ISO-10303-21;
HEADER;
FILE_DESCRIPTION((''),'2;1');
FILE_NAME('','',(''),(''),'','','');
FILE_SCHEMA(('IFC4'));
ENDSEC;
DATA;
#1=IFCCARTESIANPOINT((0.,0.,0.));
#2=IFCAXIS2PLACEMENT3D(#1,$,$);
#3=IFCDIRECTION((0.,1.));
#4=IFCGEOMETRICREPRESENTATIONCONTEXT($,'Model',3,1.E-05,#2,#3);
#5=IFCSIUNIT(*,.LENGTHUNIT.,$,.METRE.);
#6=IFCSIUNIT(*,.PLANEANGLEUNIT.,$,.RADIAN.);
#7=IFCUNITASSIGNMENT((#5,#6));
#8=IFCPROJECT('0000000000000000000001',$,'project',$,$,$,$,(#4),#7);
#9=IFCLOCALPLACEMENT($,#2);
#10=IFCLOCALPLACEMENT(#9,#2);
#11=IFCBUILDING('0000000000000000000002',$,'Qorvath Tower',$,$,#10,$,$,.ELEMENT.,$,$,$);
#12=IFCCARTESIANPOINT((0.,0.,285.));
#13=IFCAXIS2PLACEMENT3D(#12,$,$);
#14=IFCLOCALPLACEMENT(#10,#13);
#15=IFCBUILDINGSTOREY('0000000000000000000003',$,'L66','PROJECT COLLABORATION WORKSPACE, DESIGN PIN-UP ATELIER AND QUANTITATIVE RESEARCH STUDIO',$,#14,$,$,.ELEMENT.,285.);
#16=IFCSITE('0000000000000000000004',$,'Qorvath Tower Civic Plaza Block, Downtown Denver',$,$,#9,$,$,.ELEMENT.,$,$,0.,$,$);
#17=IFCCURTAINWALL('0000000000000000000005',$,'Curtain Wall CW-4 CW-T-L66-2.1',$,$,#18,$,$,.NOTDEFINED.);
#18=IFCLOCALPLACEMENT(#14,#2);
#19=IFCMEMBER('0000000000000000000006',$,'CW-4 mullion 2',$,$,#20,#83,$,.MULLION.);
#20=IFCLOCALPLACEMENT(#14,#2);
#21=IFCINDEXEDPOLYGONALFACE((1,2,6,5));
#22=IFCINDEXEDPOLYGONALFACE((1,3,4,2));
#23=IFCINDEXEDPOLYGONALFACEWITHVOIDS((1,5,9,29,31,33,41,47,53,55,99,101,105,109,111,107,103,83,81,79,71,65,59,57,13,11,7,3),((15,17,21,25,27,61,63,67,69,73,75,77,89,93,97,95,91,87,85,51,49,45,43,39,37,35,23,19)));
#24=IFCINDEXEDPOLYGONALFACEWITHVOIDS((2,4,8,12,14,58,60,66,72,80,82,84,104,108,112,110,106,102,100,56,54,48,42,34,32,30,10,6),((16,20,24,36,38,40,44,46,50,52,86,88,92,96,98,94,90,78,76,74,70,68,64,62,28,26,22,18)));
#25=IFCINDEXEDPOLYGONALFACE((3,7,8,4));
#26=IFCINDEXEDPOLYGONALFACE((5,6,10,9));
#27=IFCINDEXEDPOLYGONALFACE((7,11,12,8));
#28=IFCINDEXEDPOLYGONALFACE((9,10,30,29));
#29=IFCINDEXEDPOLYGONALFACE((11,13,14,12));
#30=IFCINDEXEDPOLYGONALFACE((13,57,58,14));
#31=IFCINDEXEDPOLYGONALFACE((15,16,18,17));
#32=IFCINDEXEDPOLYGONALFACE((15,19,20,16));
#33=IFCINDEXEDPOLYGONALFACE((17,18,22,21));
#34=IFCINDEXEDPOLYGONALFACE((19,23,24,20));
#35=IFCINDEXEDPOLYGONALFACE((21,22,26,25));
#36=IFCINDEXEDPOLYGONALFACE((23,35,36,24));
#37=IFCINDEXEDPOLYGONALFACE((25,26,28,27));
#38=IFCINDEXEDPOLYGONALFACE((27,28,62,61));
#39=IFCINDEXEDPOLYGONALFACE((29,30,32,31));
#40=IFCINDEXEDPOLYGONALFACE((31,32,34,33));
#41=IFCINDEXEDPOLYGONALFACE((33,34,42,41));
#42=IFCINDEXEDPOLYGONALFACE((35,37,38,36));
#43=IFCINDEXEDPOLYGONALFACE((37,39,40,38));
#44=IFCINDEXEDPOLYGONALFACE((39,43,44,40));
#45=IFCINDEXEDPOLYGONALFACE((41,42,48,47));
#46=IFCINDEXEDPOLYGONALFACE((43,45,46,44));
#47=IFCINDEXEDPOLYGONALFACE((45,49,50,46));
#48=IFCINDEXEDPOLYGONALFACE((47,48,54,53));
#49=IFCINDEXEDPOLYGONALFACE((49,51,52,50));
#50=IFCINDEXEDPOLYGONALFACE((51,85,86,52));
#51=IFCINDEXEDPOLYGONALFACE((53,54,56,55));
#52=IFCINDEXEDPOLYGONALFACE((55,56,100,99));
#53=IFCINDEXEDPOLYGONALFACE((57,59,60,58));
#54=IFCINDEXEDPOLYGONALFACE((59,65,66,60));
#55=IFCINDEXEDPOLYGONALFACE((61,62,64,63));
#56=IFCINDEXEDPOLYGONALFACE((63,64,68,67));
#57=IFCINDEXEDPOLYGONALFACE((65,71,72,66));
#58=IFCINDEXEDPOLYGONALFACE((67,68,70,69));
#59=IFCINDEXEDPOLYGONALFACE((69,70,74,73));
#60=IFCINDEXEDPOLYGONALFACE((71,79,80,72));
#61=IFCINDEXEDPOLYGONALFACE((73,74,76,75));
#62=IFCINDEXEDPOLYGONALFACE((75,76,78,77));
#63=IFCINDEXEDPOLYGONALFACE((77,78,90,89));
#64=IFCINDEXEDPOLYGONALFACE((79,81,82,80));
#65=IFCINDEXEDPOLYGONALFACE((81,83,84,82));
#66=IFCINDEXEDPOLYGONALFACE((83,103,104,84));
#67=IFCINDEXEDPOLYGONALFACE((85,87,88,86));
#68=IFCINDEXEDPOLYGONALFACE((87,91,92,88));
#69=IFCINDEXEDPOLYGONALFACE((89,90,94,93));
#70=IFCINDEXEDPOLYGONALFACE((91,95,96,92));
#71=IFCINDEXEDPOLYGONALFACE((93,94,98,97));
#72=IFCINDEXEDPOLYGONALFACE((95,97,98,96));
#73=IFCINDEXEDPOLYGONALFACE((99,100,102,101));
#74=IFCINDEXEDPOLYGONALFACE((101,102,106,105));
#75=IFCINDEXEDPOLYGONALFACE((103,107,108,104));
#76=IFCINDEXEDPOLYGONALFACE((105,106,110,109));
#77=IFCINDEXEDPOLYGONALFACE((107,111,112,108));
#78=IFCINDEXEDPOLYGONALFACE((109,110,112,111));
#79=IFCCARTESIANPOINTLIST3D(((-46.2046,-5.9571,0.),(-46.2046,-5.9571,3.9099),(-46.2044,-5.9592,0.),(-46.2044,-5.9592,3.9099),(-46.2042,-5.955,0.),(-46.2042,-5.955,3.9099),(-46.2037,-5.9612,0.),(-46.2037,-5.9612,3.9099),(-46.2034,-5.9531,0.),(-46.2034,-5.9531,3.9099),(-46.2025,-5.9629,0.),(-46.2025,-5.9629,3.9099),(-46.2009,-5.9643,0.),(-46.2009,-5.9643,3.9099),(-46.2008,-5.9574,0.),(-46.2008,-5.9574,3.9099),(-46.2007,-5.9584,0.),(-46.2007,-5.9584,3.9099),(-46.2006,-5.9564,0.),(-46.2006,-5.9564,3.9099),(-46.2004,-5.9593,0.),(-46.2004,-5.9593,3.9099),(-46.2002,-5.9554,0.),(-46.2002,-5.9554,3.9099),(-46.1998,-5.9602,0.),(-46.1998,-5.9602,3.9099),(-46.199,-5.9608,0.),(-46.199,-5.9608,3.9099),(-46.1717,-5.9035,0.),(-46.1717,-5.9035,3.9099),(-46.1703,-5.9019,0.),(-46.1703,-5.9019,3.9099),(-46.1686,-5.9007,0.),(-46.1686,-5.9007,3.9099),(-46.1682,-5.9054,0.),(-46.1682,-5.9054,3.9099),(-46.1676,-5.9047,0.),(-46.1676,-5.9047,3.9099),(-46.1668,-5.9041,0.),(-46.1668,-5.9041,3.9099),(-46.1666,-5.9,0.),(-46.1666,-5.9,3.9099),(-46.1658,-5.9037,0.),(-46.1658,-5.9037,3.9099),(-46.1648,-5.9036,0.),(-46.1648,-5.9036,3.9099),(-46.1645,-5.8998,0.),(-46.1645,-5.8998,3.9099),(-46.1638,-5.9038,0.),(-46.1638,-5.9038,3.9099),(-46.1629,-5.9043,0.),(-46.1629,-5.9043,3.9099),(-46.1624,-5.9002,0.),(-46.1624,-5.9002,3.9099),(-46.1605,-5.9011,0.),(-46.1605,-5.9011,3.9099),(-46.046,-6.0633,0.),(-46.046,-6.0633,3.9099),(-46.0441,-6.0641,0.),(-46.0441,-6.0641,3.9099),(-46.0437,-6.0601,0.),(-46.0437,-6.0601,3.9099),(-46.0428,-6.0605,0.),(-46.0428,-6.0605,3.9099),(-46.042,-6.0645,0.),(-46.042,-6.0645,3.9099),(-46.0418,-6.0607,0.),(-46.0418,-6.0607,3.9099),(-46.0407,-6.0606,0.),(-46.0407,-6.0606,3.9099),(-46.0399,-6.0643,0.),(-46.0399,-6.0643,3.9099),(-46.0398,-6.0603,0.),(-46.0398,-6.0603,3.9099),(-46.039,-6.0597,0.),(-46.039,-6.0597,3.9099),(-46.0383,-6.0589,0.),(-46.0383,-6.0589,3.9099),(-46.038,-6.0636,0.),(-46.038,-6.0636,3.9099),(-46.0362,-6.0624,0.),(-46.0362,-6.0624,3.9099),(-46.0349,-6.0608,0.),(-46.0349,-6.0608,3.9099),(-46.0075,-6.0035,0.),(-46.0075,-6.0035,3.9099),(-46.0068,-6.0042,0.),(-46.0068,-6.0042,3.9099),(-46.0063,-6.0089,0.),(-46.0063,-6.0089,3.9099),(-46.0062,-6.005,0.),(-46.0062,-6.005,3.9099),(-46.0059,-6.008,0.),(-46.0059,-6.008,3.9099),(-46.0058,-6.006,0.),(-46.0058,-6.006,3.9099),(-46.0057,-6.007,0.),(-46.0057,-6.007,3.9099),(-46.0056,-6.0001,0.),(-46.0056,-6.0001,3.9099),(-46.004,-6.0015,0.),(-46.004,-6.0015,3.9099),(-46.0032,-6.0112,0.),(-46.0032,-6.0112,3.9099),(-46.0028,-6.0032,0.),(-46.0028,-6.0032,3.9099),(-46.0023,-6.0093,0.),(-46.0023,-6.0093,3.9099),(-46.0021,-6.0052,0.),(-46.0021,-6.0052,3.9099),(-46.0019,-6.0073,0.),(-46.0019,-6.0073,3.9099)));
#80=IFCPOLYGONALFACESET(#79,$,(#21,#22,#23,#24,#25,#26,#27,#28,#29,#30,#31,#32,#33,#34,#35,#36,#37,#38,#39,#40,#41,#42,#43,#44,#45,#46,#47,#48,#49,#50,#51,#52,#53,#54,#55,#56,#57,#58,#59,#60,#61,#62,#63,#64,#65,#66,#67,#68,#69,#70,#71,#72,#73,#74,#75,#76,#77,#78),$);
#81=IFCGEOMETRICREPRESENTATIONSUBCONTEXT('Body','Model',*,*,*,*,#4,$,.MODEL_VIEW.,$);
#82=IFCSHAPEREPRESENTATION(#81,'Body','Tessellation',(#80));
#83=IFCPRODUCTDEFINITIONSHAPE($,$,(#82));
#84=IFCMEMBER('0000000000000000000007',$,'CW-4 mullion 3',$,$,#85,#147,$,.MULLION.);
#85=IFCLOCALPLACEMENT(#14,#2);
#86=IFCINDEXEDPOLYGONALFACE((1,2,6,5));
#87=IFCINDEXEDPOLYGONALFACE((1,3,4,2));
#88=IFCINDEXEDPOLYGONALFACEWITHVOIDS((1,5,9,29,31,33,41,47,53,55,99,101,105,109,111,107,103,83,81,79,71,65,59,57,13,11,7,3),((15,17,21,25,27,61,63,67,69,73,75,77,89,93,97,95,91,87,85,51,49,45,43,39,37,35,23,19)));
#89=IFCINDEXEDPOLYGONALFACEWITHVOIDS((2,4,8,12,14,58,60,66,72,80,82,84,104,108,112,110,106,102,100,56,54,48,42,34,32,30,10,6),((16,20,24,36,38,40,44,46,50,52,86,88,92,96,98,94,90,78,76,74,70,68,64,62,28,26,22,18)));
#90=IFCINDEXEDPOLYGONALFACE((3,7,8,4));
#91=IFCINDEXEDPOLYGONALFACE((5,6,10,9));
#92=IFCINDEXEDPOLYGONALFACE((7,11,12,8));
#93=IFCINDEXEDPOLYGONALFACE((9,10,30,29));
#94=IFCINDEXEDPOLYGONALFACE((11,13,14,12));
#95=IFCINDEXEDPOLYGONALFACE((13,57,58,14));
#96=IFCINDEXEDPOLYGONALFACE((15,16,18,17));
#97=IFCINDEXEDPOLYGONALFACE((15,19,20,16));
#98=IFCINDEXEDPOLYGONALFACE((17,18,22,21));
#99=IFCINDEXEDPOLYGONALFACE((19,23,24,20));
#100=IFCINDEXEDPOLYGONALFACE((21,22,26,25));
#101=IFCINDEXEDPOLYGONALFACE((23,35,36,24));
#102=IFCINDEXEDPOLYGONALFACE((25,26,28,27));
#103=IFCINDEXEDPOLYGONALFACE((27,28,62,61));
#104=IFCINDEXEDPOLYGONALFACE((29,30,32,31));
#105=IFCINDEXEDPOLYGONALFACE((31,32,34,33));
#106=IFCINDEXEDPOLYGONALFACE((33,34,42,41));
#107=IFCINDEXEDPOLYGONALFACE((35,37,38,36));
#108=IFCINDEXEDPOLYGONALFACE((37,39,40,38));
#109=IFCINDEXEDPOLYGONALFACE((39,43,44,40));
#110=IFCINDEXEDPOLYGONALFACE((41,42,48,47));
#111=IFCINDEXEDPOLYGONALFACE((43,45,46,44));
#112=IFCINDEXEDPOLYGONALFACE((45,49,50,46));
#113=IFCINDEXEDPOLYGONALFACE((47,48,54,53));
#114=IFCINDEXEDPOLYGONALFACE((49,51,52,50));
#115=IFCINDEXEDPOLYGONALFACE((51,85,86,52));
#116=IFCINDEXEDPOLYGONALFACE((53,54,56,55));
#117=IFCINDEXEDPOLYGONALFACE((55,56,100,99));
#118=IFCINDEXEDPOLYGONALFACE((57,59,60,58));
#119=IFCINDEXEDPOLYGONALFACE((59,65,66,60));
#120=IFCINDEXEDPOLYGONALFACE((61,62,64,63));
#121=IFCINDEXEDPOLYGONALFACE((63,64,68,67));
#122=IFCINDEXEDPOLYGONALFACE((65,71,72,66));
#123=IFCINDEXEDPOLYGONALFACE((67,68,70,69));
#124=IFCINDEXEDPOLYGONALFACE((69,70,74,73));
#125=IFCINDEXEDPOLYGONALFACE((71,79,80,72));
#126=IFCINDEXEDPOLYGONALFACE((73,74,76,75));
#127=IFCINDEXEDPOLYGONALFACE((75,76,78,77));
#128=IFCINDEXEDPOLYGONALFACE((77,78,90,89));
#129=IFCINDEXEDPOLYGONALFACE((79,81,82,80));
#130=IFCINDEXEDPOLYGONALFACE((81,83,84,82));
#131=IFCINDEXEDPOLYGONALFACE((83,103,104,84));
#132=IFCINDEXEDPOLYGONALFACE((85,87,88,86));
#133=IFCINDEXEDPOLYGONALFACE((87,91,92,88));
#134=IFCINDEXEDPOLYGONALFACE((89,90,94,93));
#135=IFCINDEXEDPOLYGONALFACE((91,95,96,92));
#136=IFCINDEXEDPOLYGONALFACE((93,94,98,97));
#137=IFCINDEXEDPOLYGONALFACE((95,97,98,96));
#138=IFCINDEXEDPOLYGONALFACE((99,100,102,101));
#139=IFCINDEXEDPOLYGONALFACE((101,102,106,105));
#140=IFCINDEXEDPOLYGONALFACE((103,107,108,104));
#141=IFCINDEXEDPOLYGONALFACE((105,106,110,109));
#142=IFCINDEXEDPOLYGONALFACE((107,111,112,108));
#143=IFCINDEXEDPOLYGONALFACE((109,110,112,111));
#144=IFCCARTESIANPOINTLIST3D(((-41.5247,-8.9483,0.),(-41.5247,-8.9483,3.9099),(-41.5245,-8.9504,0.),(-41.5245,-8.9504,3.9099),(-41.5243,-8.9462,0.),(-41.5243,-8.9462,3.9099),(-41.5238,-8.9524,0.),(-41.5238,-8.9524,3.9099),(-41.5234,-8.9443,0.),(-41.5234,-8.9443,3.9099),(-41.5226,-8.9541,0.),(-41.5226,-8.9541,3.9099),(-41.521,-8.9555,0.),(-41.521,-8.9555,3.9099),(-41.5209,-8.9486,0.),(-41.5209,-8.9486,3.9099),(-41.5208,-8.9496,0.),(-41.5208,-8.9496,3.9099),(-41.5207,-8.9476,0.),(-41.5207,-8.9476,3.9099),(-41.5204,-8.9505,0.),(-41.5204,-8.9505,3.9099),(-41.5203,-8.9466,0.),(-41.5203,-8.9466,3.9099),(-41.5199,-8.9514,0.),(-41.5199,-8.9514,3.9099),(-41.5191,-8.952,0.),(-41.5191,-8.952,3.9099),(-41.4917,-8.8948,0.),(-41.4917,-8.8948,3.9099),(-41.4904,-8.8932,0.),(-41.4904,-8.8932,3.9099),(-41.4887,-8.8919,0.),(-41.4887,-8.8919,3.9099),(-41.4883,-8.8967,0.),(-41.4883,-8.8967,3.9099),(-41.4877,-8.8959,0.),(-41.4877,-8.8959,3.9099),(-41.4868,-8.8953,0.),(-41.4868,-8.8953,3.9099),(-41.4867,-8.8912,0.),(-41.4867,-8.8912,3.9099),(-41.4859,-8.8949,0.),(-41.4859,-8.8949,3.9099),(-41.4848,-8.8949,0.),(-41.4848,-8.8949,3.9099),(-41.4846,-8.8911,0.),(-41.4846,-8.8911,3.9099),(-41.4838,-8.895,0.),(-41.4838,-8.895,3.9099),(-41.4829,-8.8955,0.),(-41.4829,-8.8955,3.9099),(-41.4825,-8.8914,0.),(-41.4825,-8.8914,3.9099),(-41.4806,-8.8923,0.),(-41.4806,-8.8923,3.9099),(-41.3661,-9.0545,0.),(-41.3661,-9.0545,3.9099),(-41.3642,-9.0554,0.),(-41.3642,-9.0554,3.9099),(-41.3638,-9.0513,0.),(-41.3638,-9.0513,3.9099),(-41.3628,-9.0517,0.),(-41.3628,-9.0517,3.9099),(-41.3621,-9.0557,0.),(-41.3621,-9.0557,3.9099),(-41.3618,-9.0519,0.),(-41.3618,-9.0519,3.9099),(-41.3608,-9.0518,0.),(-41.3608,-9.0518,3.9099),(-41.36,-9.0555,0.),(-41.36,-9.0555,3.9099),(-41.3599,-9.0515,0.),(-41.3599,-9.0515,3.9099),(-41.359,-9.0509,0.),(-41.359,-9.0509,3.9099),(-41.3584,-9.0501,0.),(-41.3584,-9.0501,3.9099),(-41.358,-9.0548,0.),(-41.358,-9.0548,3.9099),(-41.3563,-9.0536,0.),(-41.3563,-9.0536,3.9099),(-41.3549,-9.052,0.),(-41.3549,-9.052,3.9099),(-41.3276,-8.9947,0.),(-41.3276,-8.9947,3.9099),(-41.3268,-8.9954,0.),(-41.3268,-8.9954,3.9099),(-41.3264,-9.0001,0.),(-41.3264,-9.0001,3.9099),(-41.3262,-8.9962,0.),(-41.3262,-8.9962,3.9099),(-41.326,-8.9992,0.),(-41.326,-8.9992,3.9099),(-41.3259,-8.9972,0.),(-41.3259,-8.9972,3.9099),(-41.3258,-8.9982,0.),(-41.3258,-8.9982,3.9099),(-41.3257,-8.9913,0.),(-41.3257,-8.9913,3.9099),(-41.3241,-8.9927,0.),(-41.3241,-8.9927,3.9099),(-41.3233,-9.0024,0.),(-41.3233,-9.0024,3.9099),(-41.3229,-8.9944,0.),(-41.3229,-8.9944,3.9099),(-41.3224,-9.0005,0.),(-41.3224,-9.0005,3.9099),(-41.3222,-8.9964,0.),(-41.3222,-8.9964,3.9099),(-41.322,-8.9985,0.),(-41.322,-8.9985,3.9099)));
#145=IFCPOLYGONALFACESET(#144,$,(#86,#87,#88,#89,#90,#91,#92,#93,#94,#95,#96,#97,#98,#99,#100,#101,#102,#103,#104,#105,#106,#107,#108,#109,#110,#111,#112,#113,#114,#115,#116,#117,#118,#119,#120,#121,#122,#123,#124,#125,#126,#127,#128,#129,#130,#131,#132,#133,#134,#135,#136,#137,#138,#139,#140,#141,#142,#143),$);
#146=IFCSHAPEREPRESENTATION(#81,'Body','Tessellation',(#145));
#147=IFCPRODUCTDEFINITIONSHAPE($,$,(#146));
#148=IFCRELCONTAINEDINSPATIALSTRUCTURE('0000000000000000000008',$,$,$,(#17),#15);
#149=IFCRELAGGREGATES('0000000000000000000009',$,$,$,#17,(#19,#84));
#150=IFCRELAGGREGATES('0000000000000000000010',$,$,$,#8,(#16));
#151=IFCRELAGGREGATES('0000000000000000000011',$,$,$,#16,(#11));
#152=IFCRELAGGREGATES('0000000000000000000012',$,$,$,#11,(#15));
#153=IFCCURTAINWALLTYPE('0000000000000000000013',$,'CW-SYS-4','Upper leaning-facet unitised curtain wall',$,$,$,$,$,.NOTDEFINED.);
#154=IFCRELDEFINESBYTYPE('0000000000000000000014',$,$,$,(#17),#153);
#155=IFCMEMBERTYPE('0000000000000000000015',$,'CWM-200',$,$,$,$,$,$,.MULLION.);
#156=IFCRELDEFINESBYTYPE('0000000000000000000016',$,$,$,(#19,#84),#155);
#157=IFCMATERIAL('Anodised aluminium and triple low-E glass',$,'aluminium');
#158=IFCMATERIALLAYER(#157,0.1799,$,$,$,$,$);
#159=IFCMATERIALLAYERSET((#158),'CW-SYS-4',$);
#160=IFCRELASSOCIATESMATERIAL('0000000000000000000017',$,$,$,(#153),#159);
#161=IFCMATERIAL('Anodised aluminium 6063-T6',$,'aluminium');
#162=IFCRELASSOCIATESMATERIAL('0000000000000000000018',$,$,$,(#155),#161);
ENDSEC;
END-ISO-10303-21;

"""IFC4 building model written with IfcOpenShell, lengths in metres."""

from ifc_helpers import new_model, si_unit, direction, frame, origin, origin_2d, place, context, subcontext, project, spatial, hollow_rectangle, extrude, material, layer, layer_set, material_profile, profile_set, type_object, element, aggregate, save


model = new_model("IFC4")

# Units and contexts
model_context = context("Model", 3, precision=1e-05, world=origin(), true_north=direction((0.0, 1.0)))
body_context = subcontext(model_context, "Body", "Model", "MODEL_VIEW")
ifc_project = project(units=[si_unit("LENGTHUNIT", "METRE"), si_unit("PLANEANGLEUNIT", "RADIAN")], contexts=[model_context])

# Site, building, storey
site_placement = place(None, origin())
site = spatial("IfcSite", under=ifc_project, at=site_placement, Name="Qorvath Tower Civic Plaza Block, Downtown Denver", CompositionType="ELEMENT", RefElevation=0.0)
building_placement = place(site_placement, origin())
building = spatial("IfcBuilding", under=site, at=building_placement, Name="Qorvath Tower", CompositionType="ELEMENT")
storey_placement = place(building_placement, frame((0.0, 0.0, 285.0)))
storey = spatial("IfcBuildingStorey", under=building, at=storey_placement, Name="L66", Description="PROJECT COLLABORATION WORKSPACE, DESIGN PIN-UP ATELIER AND QUANTITATIVE RESEARCH STUDIO", CompositionType="ELEMENT", Elevation=285.0)

# Curtain wall, members
ifc_material_1 = material(Name="Anodised aluminium and triple low-E glass", Category="aluminium")
ifc_layer_1 = layer(ifc_material_1, 0.1799)
ifc_layer_set_1 = layer_set([ifc_layer_1], Name="CW-SYS-4")
curtain_wall_type = type_object("IfcCurtainWallType", Name="CW-SYS-4", Description="Upper leaning-facet unitised curtain wall", PredefinedType="NOTDEFINED", material=ifc_layer_set_1)
curtain_wall_placement = place(storey_placement, origin())
curtain_wall = element("IfcCurtainWall", 1, at=curtain_wall_placement, inside=storey, type_object=curtain_wall_type, Name="Curtain Wall CW-4 CW-T-L66-2.1", PredefinedType="NOTDEFINED")
ifc_material_2 = material(Name="Anodised aluminium 6063-T6", Category="aluminium")
ifc_material_profile_1 = material_profile(ifc_material_2, hollow_rectangle(XDim=0.075, YDim=0.2, WallThickness=0.0039, InnerFilletRadius=0.0039, OuterFilletRadius=0.0081, at=origin_2d()), Name="CWM 200x75")
ifc_profile_set_1 = profile_set([ifc_material_profile_1], Name="Anodised aluminium 6063-T6")
member_type_1 = type_object("IfcMemberType", Name="CWM-200", PredefinedType="MULLION", material=ifc_profile_set_1)
member_1_placement = place(storey_placement, frame((-46.1033, -5.9822, 0.0), z_axis=(0.0, 0.0, 1.0), x_axis=(0.538532, 0.842605, 0.0)))
member_1 = element("IfcMember", 2, at=member_1_placement, type_object=member_type_1, Name="CW-4 mullion 2", PredefinedType="MULLION", context=body_context, shape_type="SweptSolid", body=[
    extrude(hollow_rectangle(XDim=0.075, YDim=0.2, WallThickness=0.0039, InnerFilletRadius=0.0039, OuterFilletRadius=0.0081, at=origin_2d()), origin(), (0.0, 0.0, 1.0), 3.9099),
])
member_2_placement = place(storey_placement, frame((-41.4233, -8.9734, 0.0), z_axis=(0.0, 0.0, 1.0), x_axis=(0.538532, 0.842605, 0.0)))
member_2 = element("IfcMember", 3, at=member_2_placement, type_object=member_type_1, Name="CW-4 mullion 3", PredefinedType="MULLION", context=body_context, shape_type="SweptSolid", body=[
    extrude(hollow_rectangle(XDim=0.075, YDim=0.2, WallThickness=0.0039, InnerFilletRadius=0.0039, OuterFilletRadius=0.0081, at=origin_2d()), origin(), (0.0, 0.0, 1.0), 3.9099),
])
aggregate(curtain_wall, [member_1, member_2])

save(model, "model.ifc")
